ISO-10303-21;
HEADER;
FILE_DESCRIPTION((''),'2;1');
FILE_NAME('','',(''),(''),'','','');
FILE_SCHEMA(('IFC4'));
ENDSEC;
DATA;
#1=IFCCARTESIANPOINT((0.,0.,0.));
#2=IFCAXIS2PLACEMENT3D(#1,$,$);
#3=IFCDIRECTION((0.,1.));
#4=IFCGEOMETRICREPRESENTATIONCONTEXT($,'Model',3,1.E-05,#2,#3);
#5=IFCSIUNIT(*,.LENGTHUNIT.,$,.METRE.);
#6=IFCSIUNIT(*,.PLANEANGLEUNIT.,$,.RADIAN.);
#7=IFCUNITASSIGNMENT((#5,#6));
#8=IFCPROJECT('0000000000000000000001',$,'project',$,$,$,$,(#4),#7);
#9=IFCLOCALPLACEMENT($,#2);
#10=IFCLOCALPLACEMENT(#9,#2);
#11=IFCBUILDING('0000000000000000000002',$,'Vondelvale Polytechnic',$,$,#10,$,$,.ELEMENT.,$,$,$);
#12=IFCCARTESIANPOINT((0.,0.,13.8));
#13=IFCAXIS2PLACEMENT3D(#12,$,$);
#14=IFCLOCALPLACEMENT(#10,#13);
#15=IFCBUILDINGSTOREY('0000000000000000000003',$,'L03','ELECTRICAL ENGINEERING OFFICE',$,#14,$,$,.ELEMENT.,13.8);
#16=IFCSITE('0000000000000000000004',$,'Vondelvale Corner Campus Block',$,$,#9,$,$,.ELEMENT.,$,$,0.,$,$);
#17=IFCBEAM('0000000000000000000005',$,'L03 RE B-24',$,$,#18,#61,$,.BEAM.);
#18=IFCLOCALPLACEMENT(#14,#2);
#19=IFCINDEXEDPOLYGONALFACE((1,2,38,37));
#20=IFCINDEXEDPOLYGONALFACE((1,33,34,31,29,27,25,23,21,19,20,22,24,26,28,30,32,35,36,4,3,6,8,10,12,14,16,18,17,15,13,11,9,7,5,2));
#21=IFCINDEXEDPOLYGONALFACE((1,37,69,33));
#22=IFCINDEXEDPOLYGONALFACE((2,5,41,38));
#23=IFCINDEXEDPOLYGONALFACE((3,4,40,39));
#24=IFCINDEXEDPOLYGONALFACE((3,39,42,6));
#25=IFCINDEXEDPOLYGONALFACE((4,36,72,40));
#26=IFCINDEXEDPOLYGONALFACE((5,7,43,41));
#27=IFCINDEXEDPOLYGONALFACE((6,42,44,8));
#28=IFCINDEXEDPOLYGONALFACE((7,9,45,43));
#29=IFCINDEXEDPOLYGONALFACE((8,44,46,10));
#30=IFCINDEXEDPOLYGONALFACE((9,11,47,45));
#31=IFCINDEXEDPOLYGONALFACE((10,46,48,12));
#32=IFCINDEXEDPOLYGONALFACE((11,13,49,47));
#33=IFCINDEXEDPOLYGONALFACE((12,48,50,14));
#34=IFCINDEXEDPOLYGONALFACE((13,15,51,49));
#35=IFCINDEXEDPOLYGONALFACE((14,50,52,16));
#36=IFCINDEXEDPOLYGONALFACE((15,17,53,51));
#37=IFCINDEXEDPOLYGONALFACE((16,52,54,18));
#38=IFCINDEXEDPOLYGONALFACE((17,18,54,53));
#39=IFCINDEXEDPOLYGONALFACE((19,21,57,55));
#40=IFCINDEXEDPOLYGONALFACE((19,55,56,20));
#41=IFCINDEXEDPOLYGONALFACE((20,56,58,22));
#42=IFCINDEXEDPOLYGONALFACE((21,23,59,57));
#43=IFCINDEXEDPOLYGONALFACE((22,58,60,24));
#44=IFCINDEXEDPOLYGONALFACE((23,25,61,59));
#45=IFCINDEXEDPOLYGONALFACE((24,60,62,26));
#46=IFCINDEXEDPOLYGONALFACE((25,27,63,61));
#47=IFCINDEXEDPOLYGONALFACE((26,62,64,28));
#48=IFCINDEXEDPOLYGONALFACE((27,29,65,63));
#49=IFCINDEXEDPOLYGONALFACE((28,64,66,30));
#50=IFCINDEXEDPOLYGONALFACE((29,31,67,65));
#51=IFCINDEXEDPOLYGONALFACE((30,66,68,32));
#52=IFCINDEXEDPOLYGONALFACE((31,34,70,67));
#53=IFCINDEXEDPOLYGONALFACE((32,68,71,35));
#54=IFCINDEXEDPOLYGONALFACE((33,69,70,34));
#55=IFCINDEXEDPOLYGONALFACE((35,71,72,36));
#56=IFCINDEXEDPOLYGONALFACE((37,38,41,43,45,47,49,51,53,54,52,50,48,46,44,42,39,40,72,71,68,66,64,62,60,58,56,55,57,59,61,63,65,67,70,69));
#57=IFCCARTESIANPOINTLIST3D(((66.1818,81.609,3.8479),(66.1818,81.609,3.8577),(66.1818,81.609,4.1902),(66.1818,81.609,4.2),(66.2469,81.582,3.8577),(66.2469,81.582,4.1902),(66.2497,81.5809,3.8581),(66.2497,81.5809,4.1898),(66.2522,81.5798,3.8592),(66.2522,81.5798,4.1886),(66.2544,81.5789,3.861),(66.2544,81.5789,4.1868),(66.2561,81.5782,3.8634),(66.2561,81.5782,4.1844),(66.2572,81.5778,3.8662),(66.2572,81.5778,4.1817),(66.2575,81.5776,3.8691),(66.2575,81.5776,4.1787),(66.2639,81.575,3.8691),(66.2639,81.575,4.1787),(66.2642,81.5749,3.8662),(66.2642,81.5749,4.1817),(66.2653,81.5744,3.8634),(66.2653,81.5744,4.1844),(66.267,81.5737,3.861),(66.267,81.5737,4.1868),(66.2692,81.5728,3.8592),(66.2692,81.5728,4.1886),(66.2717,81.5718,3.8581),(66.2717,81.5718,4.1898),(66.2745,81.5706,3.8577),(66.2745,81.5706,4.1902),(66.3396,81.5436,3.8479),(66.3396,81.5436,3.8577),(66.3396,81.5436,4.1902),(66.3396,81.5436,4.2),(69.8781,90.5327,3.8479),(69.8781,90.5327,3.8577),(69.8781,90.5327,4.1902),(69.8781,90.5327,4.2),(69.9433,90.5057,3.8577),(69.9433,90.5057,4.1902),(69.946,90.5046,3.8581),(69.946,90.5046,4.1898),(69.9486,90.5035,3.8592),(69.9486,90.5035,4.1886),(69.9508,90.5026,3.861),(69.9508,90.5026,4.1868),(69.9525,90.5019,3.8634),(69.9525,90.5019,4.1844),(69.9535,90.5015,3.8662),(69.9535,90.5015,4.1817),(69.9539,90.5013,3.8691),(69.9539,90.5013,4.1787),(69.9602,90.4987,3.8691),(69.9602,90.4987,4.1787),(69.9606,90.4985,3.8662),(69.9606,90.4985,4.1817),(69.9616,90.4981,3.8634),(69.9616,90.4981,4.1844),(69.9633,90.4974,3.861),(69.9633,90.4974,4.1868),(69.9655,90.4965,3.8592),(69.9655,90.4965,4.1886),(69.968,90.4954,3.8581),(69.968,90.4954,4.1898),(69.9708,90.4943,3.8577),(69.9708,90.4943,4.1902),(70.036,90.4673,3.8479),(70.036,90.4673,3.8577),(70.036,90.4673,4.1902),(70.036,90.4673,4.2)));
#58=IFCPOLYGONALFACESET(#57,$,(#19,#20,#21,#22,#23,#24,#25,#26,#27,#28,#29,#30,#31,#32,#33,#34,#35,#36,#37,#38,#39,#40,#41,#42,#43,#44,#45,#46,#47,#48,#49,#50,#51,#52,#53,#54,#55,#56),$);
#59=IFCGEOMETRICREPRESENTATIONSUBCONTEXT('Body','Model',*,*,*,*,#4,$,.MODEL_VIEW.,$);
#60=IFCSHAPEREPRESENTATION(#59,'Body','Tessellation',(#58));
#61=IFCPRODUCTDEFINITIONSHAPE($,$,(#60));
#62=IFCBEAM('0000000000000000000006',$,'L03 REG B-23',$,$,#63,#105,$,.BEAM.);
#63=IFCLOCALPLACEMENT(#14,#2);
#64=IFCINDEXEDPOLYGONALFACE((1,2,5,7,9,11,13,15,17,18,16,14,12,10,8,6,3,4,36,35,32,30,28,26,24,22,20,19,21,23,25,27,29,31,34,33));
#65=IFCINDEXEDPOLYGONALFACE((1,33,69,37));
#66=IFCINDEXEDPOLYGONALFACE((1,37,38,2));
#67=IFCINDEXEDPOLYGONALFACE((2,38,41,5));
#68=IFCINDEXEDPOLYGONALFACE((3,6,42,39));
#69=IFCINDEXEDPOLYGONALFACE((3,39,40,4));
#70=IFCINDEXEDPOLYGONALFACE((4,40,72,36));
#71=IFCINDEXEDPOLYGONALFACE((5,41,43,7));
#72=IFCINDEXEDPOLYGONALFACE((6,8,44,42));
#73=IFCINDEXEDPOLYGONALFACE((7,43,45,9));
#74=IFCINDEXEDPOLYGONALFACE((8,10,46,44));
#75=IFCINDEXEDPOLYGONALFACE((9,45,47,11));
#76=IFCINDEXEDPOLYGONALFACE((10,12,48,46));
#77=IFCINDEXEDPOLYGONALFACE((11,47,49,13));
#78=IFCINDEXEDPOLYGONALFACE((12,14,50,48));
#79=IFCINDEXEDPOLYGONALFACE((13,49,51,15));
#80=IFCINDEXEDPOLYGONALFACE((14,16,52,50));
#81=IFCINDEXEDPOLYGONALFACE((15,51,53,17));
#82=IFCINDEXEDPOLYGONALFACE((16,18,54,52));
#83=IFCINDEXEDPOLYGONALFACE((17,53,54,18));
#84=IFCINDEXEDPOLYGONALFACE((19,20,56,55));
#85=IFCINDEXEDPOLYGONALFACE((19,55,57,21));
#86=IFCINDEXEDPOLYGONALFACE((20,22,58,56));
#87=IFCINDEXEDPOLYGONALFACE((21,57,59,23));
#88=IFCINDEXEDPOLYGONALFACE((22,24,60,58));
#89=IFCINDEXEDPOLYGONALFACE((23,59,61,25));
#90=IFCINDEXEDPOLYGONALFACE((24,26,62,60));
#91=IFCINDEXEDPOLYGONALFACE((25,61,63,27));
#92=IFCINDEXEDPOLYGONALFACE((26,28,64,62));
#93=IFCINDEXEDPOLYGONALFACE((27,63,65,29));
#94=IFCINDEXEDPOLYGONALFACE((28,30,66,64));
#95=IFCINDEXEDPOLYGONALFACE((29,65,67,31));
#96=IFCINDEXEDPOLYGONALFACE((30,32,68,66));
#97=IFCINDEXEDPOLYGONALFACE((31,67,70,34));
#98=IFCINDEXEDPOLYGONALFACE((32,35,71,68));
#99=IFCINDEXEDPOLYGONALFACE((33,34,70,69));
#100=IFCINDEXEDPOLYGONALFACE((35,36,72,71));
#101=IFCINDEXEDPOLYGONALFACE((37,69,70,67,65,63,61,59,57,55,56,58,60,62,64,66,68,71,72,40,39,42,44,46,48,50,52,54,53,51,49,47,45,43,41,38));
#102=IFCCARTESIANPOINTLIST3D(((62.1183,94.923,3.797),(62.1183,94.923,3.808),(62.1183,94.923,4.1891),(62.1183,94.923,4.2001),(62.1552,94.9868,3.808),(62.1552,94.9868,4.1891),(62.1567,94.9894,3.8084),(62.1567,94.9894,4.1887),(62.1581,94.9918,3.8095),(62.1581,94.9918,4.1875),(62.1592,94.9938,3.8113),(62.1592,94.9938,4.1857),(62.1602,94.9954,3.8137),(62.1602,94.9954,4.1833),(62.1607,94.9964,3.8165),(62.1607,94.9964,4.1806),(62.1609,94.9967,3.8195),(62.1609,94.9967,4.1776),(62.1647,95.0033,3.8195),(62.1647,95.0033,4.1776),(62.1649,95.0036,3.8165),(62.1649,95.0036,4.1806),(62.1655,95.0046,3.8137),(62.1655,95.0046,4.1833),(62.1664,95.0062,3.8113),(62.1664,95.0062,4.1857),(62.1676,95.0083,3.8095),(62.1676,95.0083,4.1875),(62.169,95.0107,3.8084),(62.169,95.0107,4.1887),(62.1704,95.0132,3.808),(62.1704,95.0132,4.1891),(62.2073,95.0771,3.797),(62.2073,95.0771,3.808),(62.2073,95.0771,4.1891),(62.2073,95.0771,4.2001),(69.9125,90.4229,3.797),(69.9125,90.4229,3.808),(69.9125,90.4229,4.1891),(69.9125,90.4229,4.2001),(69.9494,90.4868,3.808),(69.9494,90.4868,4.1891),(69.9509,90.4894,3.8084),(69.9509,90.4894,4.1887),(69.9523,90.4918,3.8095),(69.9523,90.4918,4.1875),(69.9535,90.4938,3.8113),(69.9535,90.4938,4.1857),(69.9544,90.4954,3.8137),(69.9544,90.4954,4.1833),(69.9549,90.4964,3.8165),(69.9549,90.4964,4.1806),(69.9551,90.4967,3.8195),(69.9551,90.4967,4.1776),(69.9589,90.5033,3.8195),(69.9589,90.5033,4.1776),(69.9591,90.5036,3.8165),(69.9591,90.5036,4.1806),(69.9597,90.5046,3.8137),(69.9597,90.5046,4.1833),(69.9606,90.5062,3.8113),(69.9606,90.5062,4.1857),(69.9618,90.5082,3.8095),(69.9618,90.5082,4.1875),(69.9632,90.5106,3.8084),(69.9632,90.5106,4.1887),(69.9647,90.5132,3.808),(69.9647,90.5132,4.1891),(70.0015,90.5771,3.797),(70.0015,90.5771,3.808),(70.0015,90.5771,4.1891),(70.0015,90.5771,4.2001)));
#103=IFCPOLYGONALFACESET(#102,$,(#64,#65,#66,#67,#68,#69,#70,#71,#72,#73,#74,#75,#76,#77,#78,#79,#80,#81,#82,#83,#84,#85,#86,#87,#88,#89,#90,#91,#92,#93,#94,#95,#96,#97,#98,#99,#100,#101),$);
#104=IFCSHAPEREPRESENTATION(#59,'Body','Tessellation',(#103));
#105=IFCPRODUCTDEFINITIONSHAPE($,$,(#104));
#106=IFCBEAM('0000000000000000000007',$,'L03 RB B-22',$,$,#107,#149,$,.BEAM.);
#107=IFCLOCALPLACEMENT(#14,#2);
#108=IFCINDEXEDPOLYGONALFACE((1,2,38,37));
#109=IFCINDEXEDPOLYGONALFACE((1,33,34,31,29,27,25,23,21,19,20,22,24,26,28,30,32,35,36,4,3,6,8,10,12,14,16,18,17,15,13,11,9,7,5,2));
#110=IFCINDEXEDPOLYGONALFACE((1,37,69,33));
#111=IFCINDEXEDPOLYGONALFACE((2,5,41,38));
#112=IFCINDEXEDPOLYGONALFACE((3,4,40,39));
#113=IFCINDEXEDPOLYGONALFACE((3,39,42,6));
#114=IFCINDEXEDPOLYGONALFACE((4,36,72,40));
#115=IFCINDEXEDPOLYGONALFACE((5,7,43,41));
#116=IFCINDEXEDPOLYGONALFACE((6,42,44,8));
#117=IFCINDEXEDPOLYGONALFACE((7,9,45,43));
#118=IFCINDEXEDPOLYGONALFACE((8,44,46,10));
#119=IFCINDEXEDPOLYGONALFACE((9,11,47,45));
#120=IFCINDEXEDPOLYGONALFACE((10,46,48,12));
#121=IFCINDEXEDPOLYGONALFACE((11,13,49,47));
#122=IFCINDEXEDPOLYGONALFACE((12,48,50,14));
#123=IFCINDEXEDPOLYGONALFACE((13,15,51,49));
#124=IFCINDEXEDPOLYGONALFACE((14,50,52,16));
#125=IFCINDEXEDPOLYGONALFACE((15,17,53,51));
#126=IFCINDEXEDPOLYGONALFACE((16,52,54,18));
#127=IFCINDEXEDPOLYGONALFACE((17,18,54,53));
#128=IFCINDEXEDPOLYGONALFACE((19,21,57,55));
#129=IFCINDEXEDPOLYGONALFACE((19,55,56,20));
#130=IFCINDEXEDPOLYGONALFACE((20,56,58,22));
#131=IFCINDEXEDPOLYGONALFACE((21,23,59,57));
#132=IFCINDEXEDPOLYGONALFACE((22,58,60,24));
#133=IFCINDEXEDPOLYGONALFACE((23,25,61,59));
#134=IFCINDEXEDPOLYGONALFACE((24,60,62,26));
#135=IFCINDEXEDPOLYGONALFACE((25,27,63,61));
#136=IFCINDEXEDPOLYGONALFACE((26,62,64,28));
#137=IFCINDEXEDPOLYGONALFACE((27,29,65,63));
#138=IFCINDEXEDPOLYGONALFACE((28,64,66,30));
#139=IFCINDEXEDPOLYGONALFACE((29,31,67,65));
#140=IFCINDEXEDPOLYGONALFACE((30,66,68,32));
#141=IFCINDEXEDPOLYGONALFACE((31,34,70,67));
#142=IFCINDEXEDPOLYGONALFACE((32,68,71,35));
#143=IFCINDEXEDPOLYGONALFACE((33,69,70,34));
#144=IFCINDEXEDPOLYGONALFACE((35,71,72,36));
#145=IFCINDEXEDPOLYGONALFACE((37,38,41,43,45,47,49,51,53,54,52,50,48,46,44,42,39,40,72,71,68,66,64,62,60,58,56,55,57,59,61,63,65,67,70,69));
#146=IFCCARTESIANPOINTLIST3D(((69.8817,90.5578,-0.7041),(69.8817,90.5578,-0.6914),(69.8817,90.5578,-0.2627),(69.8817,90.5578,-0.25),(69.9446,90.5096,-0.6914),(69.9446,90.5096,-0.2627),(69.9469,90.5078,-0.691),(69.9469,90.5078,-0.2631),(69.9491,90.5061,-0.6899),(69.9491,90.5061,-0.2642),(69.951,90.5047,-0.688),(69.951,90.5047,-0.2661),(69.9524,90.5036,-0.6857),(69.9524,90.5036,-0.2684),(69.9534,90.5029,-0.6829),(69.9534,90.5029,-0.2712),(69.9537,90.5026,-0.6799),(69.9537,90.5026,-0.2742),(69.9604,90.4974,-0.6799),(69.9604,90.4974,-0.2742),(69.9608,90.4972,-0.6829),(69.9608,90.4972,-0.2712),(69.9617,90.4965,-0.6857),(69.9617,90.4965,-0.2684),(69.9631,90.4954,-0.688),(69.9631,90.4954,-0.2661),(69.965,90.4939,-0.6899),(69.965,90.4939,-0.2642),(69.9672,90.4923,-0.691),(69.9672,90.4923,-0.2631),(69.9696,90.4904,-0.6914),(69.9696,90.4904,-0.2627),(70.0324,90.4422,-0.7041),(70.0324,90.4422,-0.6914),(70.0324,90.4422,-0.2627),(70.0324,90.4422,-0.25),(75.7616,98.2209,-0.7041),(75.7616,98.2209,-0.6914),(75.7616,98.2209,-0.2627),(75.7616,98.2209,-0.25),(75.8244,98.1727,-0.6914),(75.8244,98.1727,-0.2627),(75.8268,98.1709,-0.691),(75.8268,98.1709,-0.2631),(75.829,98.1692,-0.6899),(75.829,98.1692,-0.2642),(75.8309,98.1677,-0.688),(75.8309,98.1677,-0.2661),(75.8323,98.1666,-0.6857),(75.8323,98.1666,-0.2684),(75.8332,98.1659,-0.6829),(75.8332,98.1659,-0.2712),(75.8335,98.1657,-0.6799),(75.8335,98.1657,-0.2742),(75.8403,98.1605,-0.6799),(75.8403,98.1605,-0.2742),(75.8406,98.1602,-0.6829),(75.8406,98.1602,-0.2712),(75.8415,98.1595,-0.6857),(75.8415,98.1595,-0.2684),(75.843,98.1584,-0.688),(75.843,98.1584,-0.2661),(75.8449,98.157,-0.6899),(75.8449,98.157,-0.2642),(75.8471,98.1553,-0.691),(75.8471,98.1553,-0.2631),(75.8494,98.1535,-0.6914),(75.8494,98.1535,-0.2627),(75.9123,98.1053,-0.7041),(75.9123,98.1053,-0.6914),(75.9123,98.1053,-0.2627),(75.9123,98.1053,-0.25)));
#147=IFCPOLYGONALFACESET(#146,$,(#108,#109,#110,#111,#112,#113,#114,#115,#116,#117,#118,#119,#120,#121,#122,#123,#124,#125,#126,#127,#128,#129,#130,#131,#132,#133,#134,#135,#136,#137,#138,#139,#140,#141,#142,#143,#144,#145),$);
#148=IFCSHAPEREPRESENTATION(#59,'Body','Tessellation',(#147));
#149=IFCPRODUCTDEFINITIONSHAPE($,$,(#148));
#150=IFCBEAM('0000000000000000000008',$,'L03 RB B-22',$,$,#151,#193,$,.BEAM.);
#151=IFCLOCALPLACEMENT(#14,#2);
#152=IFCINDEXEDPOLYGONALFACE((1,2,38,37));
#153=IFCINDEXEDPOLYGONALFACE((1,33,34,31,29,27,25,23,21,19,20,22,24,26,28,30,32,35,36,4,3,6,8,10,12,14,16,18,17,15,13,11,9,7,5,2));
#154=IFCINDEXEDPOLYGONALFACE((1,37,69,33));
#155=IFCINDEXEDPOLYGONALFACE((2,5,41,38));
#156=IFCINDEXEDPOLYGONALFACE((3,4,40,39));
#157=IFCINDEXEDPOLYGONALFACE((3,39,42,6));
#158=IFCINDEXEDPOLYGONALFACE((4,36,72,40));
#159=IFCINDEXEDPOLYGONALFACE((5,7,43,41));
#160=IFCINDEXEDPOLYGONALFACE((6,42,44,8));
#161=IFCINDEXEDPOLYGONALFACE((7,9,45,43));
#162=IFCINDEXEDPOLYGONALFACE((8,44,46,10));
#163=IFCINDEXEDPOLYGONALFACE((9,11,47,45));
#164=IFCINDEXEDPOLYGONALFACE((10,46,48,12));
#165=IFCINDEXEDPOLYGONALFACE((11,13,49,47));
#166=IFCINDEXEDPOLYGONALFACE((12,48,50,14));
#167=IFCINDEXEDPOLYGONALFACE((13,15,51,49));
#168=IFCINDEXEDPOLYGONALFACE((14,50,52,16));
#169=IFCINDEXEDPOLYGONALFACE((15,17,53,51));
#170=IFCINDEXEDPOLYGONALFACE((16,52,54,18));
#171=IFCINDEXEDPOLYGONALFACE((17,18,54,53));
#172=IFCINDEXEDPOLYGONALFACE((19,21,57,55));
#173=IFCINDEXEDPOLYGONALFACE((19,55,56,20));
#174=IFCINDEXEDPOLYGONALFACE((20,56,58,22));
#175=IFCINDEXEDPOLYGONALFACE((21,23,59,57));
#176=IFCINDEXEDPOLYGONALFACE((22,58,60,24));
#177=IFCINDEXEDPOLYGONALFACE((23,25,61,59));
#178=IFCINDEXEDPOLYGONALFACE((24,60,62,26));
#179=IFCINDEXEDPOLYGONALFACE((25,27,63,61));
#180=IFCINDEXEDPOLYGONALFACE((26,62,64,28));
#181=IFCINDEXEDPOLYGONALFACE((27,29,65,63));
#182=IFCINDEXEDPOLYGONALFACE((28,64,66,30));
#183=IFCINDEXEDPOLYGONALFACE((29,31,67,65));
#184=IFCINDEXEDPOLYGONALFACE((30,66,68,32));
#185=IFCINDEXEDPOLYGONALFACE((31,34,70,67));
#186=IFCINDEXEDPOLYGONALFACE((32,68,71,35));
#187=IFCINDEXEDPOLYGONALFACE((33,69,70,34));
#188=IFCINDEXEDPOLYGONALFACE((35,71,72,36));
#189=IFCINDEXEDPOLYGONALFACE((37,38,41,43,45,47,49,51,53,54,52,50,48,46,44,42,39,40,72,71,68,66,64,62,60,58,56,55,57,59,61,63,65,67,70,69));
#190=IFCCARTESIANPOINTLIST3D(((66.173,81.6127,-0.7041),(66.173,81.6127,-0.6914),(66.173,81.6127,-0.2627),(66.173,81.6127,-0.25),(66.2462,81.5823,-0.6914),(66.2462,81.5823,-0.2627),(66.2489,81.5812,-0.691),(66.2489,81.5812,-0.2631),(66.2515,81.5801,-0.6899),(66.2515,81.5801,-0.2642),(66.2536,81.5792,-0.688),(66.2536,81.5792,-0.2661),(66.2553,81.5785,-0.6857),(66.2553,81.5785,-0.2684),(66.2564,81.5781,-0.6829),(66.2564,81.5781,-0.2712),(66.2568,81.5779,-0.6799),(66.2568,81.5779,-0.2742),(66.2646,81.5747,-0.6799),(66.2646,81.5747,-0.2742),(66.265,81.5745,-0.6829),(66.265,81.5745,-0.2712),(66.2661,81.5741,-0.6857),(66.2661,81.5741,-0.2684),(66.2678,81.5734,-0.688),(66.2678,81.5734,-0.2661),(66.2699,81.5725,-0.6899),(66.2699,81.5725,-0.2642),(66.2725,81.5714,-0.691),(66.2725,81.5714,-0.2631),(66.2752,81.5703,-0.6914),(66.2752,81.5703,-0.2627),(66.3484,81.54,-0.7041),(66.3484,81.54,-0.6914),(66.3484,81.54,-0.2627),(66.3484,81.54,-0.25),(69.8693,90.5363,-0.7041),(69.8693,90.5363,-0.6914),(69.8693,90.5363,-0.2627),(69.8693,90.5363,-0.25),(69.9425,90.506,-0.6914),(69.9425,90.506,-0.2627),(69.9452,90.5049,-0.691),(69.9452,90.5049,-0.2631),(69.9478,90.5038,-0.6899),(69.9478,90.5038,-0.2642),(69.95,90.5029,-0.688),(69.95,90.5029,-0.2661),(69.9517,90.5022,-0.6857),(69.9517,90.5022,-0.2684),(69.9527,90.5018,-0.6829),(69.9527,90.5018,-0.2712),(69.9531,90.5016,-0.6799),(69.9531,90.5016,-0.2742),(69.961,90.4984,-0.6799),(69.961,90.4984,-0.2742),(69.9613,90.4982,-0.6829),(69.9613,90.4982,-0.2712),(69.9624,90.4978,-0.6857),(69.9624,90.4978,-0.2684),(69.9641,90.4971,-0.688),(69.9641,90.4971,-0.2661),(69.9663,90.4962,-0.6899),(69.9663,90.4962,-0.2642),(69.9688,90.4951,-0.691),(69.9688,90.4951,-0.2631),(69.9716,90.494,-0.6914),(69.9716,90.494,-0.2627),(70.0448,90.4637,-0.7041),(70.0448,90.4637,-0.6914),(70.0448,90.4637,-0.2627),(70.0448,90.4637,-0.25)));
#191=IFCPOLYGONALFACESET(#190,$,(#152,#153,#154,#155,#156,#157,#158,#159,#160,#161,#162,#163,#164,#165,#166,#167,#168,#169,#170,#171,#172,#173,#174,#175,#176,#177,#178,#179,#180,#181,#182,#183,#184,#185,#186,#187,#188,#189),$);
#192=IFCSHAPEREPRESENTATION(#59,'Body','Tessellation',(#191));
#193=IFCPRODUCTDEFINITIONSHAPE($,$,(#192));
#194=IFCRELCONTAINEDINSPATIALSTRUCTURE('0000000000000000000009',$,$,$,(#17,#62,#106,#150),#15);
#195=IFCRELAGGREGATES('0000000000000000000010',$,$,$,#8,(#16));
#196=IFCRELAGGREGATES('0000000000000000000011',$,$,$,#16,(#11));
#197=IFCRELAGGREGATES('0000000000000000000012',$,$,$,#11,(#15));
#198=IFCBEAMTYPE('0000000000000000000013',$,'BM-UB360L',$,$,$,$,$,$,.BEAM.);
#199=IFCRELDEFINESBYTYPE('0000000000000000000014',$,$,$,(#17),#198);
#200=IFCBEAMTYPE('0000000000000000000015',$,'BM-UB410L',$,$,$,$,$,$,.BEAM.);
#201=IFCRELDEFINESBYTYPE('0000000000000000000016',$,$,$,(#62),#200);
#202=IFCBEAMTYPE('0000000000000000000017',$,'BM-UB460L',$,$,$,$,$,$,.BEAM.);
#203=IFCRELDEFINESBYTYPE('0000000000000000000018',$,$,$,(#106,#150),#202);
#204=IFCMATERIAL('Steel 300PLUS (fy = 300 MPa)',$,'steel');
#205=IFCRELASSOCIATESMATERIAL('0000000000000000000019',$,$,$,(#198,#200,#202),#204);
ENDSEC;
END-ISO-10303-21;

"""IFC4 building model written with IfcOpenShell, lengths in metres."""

from ifc_helpers import new_model, si_unit, direction, frame, origin, origin_2d, place, context, subcontext, project, spatial, i_section, extrude, material, material_profile, profile_set, type_object, element, save


model = new_model("IFC4")

# Units and contexts
model_context = context("Model", 3, precision=1e-05, world=origin(), true_north=direction((0.0, 1.0)))
body_context = subcontext(model_context, "Body", "Model", "MODEL_VIEW")
ifc_project = project(units=[si_unit("LENGTHUNIT", "METRE"), si_unit("PLANEANGLEUNIT", "RADIAN")], contexts=[model_context])

# Site, building, storey
site_placement = place(None, origin())
site = spatial("IfcSite", under=ifc_project, at=site_placement, Name="Vondelvale Corner Campus Block", CompositionType="ELEMENT", RefElevation=0.0)
building_placement = place(site_placement, origin())
building = spatial("IfcBuilding", under=site, at=building_placement, Name="Vondelvale Polytechnic", CompositionType="ELEMENT")
storey_placement = place(building_placement, frame((0.0, 0.0, 13.8)))
storey = spatial("IfcBuildingStorey", under=building, at=storey_placement, Name="L03", Description="ELECTRICAL ENGINEERING OFFICE", CompositionType="ELEMENT", Elevation=13.8)

# Shared definitions
ifc_material_1 = material(Name="Steel 300PLUS (fy = 300 MPa)", Category="steel")

# Beams
ifc_material_profile_1 = material_profile(ifc_material_1, i_section(OverallWidth=0.1709, OverallDepth=0.3521, WebThickness=0.0068, FlangeThickness=0.0098, FilletRadius=0.0115, at=origin_2d()), Name="360UB44.7")
ifc_profile_set_1 = profile_set([ifc_material_profile_1], Name="Steel 300PLUS (fy = 300 MPa)")
beam_type_1 = type_object("IfcBeamType", Name="BM-UB360L", PredefinedType="BEAM", material=ifc_profile_set_1)
for number, where, z_axis, x_axis, name in (
    (1, (69.957, 90.5, 4.0239), (-0.382685, -0.923879, 0.0), (0.923879, -0.382685, 0.0), "L03 RE B-24"),
):
    element("IfcBeam", number, at=place(storey_placement, frame(where, z_axis=z_axis, x_axis=x_axis)), inside=storey, type_object=beam_type_1, Name=name, PredefinedType="BEAM", context=body_context, shape_type="SweptSolid", body=[
        extrude(i_section(OverallWidth=0.1709, OverallDepth=0.3521, WebThickness=0.0068, FlangeThickness=0.0098, FilletRadius=0.0115, at=origin_2d()), origin(), (0.0, 0.0, 1.0), 9.6589),
    ])
ifc_material_profile_2 = material_profile(ifc_material_1, i_section(OverallWidth=0.178, OverallDepth=0.4031, WebThickness=0.0076, FlangeThickness=0.011, FilletRadius=0.0115, at=origin_2d()), Name="410UB53.7")
ifc_profile_set_2 = profile_set([ifc_material_profile_2], Name="Steel 300PLUS (fy = 300 MPa)")
beam_type_2 = type_object("IfcBeamType", Name="BM-UB410L", PredefinedType="BEAM", material=ifc_profile_set_2)
beam_1_placement = place(storey_placement, frame((69.957, 90.5, 3.9985), z_axis=(-0.866024, 0.500002, 0.0), x_axis=(-0.500002, -0.866024, 0.0)))
element("IfcBeam", 2, at=beam_1_placement, inside=storey, type_object=beam_type_2, Name="L03 REG B-23", PredefinedType="BEAM", context=body_context, shape_type="SweptSolid", body=[
    extrude(i_section(OverallWidth=0.178, OverallDepth=0.4031, WebThickness=0.0076, FlangeThickness=0.011, FilletRadius=0.0115, at=origin_2d()), origin(), (0.0, 0.0, 1.0), 9.0),
])
ifc_material_profile_3 = material_profile(ifc_material_1, i_section(OverallWidth=0.1899, OverallDepth=0.4541, WebThickness=0.0085, FlangeThickness=0.0127, FilletRadius=0.0115, at=origin_2d()), Name="460UB67.1")
ifc_profile_set_3 = profile_set([ifc_material_profile_3], Name="Steel 300PLUS (fy = 300 MPa)")
beam_type_3 = type_object("IfcBeamType", Name="BM-UB460L", PredefinedType="BEAM", material=ifc_profile_set_3)
for number, where, z_axis, x_axis, name in (
    (3, (75.8369, 98.1631, -0.4771), (-0.608748, -0.793364, 0.0), (0.793364, -0.608748, 0.0), "L03 RB B-22"),
    (4, (69.957, 90.5, -0.4771), (-0.382685, -0.923879, 0.0), (0.923879, -0.382685, 0.0), "L03 RB B-22"),
):
    element("IfcBeam", number, at=place(storey_placement, frame(where, z_axis=z_axis, x_axis=x_axis)), inside=storey, type_object=beam_type_3, Name=name, PredefinedType="BEAM", context=body_context, shape_type="SweptSolid", body=[
        extrude(i_section(OverallWidth=0.1899, OverallDepth=0.4541, WebThickness=0.0085, FlangeThickness=0.0127, FilletRadius=0.0115, at=origin_2d()), origin(), (0.0, 0.0, 1.0), 9.6589),
    ])

save(model, "model.ifc")
